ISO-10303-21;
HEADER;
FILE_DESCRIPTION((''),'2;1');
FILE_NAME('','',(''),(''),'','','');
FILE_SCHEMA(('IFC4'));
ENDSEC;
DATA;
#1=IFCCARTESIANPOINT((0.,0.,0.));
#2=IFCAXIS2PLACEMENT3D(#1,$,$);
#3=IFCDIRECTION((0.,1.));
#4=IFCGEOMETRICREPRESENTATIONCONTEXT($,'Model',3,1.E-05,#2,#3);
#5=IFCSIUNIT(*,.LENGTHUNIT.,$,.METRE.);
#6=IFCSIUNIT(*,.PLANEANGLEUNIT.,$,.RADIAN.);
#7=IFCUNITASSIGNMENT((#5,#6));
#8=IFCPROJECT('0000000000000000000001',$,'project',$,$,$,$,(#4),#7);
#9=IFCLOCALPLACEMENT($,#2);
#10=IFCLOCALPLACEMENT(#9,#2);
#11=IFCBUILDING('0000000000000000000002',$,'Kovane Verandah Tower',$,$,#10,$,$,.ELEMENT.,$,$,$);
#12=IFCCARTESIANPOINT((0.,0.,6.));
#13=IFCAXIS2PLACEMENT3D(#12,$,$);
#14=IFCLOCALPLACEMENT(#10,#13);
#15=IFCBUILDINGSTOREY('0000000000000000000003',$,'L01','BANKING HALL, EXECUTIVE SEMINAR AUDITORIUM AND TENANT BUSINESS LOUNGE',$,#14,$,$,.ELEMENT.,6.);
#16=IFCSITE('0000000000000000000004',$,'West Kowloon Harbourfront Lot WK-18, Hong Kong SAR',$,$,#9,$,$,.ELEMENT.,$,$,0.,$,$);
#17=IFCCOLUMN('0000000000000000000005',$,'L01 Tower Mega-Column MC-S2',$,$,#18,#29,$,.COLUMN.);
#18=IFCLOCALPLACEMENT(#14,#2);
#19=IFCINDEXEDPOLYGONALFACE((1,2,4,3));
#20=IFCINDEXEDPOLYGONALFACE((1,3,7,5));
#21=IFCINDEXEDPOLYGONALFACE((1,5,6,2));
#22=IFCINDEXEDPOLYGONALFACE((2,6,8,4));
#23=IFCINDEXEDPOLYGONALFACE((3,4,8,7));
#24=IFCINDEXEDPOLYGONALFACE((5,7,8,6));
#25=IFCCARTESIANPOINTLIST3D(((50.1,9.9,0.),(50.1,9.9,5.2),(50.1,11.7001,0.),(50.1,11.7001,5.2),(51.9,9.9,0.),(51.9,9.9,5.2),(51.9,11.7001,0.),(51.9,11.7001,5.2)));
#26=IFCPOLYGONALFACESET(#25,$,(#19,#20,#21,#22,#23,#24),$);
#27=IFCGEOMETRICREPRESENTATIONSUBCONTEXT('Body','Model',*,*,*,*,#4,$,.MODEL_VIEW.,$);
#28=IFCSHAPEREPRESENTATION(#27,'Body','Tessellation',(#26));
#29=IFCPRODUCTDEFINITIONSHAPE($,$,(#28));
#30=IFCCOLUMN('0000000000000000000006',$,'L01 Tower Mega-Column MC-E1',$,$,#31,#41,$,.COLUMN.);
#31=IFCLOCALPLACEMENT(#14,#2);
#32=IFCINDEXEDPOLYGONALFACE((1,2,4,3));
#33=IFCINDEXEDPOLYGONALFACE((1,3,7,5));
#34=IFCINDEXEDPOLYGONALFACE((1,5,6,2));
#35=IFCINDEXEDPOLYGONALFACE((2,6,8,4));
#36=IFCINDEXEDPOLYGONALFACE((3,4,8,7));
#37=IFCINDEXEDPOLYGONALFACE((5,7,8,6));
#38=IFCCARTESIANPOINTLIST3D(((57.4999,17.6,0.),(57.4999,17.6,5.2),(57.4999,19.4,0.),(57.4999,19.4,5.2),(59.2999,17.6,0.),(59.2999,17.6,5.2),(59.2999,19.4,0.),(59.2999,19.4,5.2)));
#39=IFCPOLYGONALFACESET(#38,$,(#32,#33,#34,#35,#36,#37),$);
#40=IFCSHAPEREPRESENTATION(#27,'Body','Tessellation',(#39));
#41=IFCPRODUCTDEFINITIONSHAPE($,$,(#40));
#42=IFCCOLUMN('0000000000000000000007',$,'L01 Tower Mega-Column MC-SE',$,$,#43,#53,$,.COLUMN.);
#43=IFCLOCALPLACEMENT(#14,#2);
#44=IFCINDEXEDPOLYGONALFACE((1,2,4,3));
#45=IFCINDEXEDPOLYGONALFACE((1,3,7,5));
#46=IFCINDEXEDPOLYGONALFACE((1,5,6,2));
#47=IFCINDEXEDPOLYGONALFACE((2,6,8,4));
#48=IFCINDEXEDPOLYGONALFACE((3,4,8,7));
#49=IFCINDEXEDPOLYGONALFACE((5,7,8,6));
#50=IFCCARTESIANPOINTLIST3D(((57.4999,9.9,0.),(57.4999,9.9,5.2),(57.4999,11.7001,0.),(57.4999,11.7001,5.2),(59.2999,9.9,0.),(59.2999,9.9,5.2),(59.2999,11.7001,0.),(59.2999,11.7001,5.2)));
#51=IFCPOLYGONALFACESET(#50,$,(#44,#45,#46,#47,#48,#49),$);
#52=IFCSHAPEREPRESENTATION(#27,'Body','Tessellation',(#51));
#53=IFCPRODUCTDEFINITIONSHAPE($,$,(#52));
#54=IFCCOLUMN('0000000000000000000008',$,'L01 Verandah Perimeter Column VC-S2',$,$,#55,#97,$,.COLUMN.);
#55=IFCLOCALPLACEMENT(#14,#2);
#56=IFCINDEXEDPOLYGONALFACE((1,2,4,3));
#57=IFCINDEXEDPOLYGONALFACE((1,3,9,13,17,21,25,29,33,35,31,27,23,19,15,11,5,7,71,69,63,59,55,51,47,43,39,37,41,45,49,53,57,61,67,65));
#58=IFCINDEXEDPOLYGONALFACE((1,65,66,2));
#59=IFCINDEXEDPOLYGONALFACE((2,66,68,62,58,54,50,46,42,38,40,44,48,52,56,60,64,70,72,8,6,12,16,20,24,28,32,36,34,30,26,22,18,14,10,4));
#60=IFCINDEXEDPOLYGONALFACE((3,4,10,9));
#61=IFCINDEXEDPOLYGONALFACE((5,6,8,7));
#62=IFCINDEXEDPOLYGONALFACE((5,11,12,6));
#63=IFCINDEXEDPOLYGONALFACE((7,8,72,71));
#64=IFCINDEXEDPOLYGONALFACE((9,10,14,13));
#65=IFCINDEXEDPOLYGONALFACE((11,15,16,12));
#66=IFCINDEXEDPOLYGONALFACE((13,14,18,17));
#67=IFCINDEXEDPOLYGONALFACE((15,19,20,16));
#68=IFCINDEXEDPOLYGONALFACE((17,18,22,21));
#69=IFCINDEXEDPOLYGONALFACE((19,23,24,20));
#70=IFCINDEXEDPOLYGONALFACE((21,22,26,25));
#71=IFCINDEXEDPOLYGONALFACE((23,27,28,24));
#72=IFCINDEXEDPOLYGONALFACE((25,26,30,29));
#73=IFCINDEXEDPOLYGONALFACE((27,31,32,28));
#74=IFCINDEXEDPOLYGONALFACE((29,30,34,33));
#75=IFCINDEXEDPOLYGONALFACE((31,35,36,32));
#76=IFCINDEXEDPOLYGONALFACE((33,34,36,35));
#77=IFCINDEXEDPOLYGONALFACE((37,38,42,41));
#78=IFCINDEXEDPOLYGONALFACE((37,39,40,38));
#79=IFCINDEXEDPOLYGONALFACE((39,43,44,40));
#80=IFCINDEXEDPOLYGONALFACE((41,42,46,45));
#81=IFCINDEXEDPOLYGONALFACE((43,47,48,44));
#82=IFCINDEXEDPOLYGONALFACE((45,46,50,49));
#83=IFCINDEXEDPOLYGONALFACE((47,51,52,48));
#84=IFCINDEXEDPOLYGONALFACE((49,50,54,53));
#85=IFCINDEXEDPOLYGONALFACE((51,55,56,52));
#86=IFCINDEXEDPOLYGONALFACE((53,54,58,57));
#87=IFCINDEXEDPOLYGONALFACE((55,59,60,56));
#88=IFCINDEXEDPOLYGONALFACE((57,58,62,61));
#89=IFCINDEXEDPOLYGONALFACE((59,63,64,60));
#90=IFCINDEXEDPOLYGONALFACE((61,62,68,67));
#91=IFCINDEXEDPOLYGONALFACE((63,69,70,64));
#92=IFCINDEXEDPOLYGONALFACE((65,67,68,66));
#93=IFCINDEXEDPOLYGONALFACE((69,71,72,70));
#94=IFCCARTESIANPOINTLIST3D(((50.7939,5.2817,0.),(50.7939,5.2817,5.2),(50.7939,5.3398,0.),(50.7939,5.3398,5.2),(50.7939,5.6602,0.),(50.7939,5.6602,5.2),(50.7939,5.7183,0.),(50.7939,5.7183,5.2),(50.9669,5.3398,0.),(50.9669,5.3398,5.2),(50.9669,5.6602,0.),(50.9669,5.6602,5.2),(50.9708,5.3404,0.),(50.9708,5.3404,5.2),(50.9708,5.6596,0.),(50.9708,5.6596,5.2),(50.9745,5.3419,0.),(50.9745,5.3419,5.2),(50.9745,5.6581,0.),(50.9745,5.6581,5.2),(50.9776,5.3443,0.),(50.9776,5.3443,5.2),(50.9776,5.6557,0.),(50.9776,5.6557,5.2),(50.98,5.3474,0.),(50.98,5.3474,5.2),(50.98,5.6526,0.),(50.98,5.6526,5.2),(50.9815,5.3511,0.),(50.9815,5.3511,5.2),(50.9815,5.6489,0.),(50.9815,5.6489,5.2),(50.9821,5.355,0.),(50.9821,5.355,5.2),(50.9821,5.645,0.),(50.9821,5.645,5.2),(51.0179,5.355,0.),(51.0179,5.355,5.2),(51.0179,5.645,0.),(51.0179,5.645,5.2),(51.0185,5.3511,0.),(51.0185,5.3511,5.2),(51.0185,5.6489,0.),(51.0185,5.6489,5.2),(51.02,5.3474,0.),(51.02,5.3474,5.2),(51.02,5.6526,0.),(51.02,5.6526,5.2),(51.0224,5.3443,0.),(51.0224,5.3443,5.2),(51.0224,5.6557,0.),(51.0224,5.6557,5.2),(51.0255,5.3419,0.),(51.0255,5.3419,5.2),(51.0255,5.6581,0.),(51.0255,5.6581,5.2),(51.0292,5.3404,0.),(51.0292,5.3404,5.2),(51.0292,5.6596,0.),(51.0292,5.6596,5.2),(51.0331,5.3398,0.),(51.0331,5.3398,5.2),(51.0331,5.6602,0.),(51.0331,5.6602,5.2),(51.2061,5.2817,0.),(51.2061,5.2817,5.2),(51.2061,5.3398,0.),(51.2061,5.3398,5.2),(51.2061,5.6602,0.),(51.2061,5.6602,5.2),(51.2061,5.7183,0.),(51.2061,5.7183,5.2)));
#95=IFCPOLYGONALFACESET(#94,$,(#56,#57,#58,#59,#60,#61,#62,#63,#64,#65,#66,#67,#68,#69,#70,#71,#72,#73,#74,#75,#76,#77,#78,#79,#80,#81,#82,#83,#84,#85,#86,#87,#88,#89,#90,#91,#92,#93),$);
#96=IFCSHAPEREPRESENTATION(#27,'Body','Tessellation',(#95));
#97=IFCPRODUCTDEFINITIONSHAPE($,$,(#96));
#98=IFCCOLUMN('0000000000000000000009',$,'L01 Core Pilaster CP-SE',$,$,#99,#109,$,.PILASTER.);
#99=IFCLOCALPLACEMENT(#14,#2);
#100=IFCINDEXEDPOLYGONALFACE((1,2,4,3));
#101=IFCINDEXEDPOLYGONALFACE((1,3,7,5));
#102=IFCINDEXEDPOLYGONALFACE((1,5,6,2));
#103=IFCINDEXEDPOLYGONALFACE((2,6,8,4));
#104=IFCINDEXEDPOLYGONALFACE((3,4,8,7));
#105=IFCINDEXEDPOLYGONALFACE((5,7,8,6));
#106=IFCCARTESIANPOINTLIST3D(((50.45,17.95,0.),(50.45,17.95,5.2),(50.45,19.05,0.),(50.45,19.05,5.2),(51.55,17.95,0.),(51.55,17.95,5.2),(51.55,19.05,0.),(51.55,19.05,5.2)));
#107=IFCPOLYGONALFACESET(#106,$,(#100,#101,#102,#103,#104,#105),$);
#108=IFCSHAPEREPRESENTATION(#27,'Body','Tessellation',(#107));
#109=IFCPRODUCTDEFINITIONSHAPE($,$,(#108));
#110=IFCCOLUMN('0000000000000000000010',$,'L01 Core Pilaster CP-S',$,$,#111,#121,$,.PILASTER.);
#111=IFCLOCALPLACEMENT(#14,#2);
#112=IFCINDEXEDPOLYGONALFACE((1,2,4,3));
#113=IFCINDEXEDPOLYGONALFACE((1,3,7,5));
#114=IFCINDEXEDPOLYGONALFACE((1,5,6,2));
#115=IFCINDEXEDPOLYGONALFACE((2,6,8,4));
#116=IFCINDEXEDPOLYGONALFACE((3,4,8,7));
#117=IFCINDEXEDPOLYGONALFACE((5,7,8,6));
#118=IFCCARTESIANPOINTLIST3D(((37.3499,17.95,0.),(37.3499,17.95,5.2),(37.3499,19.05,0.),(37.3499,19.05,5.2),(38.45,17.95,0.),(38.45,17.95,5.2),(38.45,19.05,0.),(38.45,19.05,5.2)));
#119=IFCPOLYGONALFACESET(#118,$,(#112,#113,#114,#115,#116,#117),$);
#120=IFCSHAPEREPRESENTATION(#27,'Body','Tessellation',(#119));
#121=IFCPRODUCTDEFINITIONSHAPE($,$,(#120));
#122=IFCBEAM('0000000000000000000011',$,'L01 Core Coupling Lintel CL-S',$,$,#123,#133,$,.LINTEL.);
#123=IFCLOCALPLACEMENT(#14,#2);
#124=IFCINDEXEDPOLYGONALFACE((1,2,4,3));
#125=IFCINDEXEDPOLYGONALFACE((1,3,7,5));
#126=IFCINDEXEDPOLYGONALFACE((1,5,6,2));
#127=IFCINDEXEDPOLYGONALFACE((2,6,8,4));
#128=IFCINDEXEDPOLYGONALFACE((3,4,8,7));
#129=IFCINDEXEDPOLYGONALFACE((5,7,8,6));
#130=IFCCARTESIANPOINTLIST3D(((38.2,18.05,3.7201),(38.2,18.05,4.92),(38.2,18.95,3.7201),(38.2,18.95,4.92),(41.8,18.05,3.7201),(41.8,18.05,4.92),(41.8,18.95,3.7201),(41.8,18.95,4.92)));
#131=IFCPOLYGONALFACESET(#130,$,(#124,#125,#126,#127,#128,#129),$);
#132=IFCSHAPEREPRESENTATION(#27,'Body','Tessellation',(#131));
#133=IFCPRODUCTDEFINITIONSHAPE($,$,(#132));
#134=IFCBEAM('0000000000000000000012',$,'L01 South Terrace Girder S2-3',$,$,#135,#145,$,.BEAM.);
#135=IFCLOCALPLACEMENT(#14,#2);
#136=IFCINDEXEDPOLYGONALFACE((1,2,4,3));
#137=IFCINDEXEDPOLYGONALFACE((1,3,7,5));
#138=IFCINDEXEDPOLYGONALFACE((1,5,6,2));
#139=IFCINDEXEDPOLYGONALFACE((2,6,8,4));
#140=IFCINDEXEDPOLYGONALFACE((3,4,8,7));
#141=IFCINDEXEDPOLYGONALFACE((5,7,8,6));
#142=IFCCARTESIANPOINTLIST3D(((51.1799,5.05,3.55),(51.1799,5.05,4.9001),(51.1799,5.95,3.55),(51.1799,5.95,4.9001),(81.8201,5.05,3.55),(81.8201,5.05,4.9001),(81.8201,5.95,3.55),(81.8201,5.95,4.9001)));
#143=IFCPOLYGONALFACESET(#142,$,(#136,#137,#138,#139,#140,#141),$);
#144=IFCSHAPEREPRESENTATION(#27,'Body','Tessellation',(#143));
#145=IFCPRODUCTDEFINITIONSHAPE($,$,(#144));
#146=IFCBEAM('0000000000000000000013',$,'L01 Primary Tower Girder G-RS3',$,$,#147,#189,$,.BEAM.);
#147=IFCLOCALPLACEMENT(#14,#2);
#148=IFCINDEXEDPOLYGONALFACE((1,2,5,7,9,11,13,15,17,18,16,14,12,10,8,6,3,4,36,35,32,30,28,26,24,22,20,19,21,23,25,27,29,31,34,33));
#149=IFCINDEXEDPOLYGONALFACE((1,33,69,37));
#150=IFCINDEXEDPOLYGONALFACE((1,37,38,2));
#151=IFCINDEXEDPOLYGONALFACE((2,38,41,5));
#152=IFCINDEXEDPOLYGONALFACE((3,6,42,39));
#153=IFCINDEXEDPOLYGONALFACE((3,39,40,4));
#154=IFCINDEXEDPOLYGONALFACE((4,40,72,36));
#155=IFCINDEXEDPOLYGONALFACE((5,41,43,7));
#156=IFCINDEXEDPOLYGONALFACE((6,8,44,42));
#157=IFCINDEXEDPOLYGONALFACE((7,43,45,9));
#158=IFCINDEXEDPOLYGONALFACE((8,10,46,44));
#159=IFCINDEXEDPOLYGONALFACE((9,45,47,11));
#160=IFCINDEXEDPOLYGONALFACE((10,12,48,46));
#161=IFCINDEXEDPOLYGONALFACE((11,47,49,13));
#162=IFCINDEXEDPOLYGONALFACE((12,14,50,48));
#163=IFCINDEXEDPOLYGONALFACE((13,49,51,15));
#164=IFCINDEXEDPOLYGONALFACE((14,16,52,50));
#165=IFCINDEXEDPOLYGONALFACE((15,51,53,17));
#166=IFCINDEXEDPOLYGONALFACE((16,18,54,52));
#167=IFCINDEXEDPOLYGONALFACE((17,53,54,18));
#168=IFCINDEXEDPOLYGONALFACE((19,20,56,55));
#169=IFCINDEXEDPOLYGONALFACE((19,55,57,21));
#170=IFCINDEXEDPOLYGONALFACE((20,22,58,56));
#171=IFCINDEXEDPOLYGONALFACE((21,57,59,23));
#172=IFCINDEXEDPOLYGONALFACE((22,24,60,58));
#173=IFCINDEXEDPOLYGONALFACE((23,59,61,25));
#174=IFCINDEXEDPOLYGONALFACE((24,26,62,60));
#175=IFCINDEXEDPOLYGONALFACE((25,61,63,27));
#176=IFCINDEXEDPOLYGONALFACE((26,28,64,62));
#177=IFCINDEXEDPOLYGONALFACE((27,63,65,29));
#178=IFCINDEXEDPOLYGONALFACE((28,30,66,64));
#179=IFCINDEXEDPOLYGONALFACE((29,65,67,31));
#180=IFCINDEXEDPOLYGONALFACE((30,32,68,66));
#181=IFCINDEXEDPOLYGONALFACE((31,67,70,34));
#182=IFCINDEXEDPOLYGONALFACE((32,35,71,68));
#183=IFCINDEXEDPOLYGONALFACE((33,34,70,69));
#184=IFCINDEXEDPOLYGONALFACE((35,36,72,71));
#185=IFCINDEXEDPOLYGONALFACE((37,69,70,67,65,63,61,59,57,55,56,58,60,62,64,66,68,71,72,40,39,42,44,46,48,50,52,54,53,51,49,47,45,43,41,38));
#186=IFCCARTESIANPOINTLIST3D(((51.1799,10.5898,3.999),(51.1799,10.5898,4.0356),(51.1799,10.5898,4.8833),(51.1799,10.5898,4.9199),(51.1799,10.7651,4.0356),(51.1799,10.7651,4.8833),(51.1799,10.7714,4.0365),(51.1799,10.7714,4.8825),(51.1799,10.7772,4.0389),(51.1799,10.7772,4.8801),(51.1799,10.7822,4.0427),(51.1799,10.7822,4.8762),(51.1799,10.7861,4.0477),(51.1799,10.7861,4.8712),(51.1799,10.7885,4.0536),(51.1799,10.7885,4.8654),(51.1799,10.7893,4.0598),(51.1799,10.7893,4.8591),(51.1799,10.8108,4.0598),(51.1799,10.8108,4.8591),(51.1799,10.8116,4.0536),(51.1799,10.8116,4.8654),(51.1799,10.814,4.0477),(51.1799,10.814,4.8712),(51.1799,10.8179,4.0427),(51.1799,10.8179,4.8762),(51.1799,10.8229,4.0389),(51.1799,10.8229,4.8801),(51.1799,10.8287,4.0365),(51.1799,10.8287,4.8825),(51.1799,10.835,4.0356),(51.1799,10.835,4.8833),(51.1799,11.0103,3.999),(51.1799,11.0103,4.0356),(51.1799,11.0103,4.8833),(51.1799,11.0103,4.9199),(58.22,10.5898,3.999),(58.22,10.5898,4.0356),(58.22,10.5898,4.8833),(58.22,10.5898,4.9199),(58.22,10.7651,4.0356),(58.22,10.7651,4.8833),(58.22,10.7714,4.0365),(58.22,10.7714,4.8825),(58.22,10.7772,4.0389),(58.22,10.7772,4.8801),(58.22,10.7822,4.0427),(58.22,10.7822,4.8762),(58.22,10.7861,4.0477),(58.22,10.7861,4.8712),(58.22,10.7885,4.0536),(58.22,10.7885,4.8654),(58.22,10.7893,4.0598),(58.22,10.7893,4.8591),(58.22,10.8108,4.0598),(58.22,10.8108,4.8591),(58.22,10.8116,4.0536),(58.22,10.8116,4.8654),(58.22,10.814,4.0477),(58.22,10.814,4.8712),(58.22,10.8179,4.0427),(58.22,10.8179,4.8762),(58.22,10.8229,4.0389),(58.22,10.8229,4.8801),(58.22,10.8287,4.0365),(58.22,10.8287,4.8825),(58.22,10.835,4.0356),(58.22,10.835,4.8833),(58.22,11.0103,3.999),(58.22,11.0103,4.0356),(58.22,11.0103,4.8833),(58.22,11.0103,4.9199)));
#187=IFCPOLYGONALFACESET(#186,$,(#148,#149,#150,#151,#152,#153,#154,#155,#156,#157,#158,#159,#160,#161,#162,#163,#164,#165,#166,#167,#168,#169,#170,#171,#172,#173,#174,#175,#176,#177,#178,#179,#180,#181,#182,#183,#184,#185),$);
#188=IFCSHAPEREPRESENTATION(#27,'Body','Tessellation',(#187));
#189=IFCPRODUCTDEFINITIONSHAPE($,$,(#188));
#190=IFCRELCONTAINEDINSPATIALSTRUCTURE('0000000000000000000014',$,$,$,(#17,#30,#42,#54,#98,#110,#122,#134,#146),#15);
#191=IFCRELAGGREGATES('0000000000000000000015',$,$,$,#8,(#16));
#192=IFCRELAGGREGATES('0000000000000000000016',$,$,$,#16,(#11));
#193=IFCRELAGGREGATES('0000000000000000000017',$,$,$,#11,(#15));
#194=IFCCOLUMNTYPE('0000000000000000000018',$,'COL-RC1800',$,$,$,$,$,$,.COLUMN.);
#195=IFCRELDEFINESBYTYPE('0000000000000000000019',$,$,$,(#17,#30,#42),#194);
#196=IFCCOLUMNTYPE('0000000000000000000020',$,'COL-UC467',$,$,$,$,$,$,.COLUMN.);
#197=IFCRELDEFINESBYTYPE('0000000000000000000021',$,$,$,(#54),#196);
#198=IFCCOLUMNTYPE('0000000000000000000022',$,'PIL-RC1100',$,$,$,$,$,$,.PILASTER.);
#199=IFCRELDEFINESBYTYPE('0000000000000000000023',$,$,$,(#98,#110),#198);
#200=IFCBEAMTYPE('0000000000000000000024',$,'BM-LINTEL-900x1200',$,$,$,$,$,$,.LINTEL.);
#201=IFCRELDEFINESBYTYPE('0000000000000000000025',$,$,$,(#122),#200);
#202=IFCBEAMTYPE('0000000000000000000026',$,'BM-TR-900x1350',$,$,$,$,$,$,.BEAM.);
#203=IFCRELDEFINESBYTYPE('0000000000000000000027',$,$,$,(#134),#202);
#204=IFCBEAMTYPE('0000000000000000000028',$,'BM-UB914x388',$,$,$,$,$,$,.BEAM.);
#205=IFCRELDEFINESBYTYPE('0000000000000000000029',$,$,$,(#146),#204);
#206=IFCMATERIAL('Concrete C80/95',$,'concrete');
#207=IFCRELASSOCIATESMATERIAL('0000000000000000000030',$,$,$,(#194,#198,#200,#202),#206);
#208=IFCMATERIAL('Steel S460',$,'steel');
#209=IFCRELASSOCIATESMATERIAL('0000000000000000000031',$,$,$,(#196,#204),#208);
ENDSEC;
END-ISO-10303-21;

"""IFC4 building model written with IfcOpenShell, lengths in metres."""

from ifc_helpers import new_model, si_unit, direction, frame, origin, origin_2d, place, context, subcontext, project, spatial, rectangle, i_section, extrude, material, material_profile, profile_set, type_object, element, save


model = new_model("IFC4")

# Units and contexts
model_context = context("Model", 3, precision=1e-05, world=origin(), true_north=direction((0.0, 1.0)))
body_context = subcontext(model_context, "Body", "Model", "MODEL_VIEW")
ifc_project = project(units=[si_unit("LENGTHUNIT", "METRE"), si_unit("PLANEANGLEUNIT", "RADIAN")], contexts=[model_context])

# Site, building, storey
site_placement = place(None, origin())
site = spatial("IfcSite", under=ifc_project, at=site_placement, Name="West Kowloon Harbourfront Lot WK-18, Hong Kong SAR", CompositionType="ELEMENT", RefElevation=0.0)
building_placement = place(site_placement, origin())
building = spatial("IfcBuilding", under=site, at=building_placement, Name="Kovane Verandah Tower", CompositionType="ELEMENT")
storey_placement = place(building_placement, frame((0.0, 0.0, 6.0)))
storey = spatial("IfcBuildingStorey", under=building, at=storey_placement, Name="L01", Description="BANKING HALL, EXECUTIVE SEMINAR AUDITORIUM AND TENANT BUSINESS LOUNGE", CompositionType="ELEMENT", Elevation=6.0)

# Columns
ifc_material_1 = material(Name="Concrete C80/95", Category="concrete")
ifc_material_profile_1 = material_profile(ifc_material_1, rectangle(XDim=1.8, YDim=1.8, at=origin_2d()), Name="RC1800x1800")
ifc_profile_set_1 = profile_set([ifc_material_profile_1], Name="Concrete C80/95")
column_type_1 = type_object("IfcColumnType", Name="COL-RC1800", PredefinedType="COLUMN", material=ifc_profile_set_1)
for number, where, z_axis, x_axis, name in (
    (1, (51.0, 10.8, 0.0), (0.0, 0.0, 1.0), (1.0, 0.0, 0.0), "L01 Tower Mega-Column MC-S2"),
    (2, (58.3999, 18.5, 0.0), (0.0, 0.0, 1.0), (1.0, 0.0, 0.0), "L01 Tower Mega-Column MC-E1"),
    (3, (58.3999, 10.8, 0.0), (0.0, 0.0, 1.0), (1.0, 0.0, 0.0), "L01 Tower Mega-Column MC-SE"),
):
    element("IfcColumn", number, at=place(storey_placement, frame(where, z_axis=z_axis, x_axis=x_axis)), inside=storey, type_object=column_type_1, Name=name, PredefinedType="COLUMN", context=body_context, shape_type="SweptSolid", body=[
        extrude(rectangle(XDim=1.8, YDim=1.8, at=origin_2d()), origin(), (0.0, 0.0, 1.0), 5.2),
    ])
ifc_material_2 = material(Name="Steel S460", Category="steel")
ifc_material_profile_2 = material_profile(ifc_material_2, i_section(OverallWidth=0.4121, OverallDepth=0.4365, WebThickness=0.0359, FlangeThickness=0.0581, FilletRadius=0.0151, at=origin_2d()), Name="UC356x406x467")
ifc_profile_set_2 = profile_set([ifc_material_profile_2], Name="Steel S460")
column_type_2 = type_object("IfcColumnType", Name="COL-UC467", PredefinedType="COLUMN", material=ifc_profile_set_2)
column_placement = place(storey_placement, frame((51.0, 5.5, 0.0), z_axis=(0.0, 0.0, 1.0), x_axis=(1.0, 0.0, 0.0)))
element("IfcColumn", 4, at=column_placement, inside=storey, type_object=column_type_2, Name="L01 Verandah Perimeter Column VC-S2", PredefinedType="COLUMN", context=body_context, shape_type="SweptSolid", body=[
    extrude(i_section(OverallWidth=0.4121, OverallDepth=0.4365, WebThickness=0.0359, FlangeThickness=0.0581, FilletRadius=0.0151, at=origin_2d()), origin(), (0.0, 0.0, 1.0), 5.2),
])
ifc_material_profile_3 = material_profile(ifc_material_1, rectangle(XDim=1.1001, YDim=1.1001, at=origin_2d()), Name="RC1100x1100")
ifc_profile_set_3 = profile_set([ifc_material_profile_3], Name="Concrete C80/95")
column_type_3 = type_object("IfcColumnType", Name="PIL-RC1100", PredefinedType="PILASTER", material=ifc_profile_set_3)
for number, where, z_axis, x_axis, name in (
    (5, (51.0, 18.5, 0.0), (0.0, 0.0, 1.0), (1.0, 0.0, 0.0), "L01 Core Pilaster CP-SE"),
    (6, (37.8999, 18.5, 0.0), (0.0, 0.0, 1.0), (1.0, 0.0, 0.0), "L01 Core Pilaster CP-S"),
):
    element("IfcColumn", number, at=place(storey_placement, frame(where, z_axis=z_axis, x_axis=x_axis)), inside=storey, type_object=column_type_3, Name=name, PredefinedType="PILASTER", context=body_context, shape_type="SweptSolid", body=[
        extrude(rectangle(XDim=1.1001, YDim=1.1001, at=origin_2d()), origin(), (0.0, 0.0, 1.0), 5.2),
    ])

# Beams
ifc_material_profile_4 = material_profile(ifc_material_1, rectangle(XDim=0.8999, YDim=1.2, at=origin_2d()), Name="RCB900x1200")
ifc_profile_set_4 = profile_set([ifc_material_profile_4], Name="Concrete C80/95")
beam_type_1 = type_object("IfcBeamType", Name="BM-LINTEL-900x1200", PredefinedType="LINTEL", material=ifc_profile_set_4)
beam_1_placement = place(storey_placement, frame((38.2, 18.5, 4.3201), z_axis=(1.0, 0.0, 0.0), x_axis=(0.0, 1.0, 0.0)))
element("IfcBeam", 7, at=beam_1_placement, inside=storey, type_object=beam_type_1, Name="L01 Core Coupling Lintel CL-S", PredefinedType="LINTEL", context=body_context, shape_type="SweptSolid", body=[
    extrude(rectangle(XDim=0.8999, YDim=1.2, at=origin_2d()), origin(), (0.0, 0.0, 1.0), 3.6001),
])
ifc_material_profile_5 = material_profile(ifc_material_1, rectangle(XDim=0.8999, YDim=1.3501, at=origin_2d()), Name="RCB900x1350")
ifc_profile_set_5 = profile_set([ifc_material_profile_5], Name="Concrete C80/95")
beam_type_2 = type_object("IfcBeamType", Name="BM-TR-900x1350", PredefinedType="BEAM", material=ifc_profile_set_5)
beam_2_placement = place(storey_placement, frame((51.1799, 5.5, 4.2251), z_axis=(1.0, 0.0, 0.0), x_axis=(0.0, 1.0, 0.0)))
element("IfcBeam", 8, at=beam_2_placement, inside=storey, type_object=beam_type_2, Name="L01 South Terrace Girder S2-3", PredefinedType="BEAM", context=body_context, shape_type="SweptSolid", body=[
    extrude(rectangle(XDim=0.8999, YDim=1.3501, at=origin_2d()), origin(), (0.0, 0.0, 1.0), 30.6401),
])
ifc_material_profile_6 = material_profile(ifc_material_2, i_section(OverallWidth=0.4204, OverallDepth=0.9209, WebThickness=0.0215, FlangeThickness=0.0366, FilletRadius=0.0242, at=origin_2d()), Name="UB914x419x388")
ifc_profile_set_6 = profile_set([ifc_material_profile_6], Name="Steel S460")
beam_type_3 = type_object("IfcBeamType", Name="BM-UB914x388", PredefinedType="BEAM", material=ifc_profile_set_6)
beam_3_placement = place(storey_placement, frame((51.1799, 10.8, 4.4595), z_axis=(1.0, 0.0, 0.0), x_axis=(0.0, 1.0, 0.0)))
element("IfcBeam", 9, at=beam_3_placement, inside=storey, type_object=beam_type_3, Name="L01 Primary Tower Girder G-RS3", PredefinedType="BEAM", context=body_context, shape_type="SweptSolid", body=[
    extrude(i_section(OverallWidth=0.4204, OverallDepth=0.9209, WebThickness=0.0215, FlangeThickness=0.0366, FilletRadius=0.0242, at=origin_2d()), origin(), (0.0, 0.0, 1.0), 7.04),
])

save(model, "model.ifc")
